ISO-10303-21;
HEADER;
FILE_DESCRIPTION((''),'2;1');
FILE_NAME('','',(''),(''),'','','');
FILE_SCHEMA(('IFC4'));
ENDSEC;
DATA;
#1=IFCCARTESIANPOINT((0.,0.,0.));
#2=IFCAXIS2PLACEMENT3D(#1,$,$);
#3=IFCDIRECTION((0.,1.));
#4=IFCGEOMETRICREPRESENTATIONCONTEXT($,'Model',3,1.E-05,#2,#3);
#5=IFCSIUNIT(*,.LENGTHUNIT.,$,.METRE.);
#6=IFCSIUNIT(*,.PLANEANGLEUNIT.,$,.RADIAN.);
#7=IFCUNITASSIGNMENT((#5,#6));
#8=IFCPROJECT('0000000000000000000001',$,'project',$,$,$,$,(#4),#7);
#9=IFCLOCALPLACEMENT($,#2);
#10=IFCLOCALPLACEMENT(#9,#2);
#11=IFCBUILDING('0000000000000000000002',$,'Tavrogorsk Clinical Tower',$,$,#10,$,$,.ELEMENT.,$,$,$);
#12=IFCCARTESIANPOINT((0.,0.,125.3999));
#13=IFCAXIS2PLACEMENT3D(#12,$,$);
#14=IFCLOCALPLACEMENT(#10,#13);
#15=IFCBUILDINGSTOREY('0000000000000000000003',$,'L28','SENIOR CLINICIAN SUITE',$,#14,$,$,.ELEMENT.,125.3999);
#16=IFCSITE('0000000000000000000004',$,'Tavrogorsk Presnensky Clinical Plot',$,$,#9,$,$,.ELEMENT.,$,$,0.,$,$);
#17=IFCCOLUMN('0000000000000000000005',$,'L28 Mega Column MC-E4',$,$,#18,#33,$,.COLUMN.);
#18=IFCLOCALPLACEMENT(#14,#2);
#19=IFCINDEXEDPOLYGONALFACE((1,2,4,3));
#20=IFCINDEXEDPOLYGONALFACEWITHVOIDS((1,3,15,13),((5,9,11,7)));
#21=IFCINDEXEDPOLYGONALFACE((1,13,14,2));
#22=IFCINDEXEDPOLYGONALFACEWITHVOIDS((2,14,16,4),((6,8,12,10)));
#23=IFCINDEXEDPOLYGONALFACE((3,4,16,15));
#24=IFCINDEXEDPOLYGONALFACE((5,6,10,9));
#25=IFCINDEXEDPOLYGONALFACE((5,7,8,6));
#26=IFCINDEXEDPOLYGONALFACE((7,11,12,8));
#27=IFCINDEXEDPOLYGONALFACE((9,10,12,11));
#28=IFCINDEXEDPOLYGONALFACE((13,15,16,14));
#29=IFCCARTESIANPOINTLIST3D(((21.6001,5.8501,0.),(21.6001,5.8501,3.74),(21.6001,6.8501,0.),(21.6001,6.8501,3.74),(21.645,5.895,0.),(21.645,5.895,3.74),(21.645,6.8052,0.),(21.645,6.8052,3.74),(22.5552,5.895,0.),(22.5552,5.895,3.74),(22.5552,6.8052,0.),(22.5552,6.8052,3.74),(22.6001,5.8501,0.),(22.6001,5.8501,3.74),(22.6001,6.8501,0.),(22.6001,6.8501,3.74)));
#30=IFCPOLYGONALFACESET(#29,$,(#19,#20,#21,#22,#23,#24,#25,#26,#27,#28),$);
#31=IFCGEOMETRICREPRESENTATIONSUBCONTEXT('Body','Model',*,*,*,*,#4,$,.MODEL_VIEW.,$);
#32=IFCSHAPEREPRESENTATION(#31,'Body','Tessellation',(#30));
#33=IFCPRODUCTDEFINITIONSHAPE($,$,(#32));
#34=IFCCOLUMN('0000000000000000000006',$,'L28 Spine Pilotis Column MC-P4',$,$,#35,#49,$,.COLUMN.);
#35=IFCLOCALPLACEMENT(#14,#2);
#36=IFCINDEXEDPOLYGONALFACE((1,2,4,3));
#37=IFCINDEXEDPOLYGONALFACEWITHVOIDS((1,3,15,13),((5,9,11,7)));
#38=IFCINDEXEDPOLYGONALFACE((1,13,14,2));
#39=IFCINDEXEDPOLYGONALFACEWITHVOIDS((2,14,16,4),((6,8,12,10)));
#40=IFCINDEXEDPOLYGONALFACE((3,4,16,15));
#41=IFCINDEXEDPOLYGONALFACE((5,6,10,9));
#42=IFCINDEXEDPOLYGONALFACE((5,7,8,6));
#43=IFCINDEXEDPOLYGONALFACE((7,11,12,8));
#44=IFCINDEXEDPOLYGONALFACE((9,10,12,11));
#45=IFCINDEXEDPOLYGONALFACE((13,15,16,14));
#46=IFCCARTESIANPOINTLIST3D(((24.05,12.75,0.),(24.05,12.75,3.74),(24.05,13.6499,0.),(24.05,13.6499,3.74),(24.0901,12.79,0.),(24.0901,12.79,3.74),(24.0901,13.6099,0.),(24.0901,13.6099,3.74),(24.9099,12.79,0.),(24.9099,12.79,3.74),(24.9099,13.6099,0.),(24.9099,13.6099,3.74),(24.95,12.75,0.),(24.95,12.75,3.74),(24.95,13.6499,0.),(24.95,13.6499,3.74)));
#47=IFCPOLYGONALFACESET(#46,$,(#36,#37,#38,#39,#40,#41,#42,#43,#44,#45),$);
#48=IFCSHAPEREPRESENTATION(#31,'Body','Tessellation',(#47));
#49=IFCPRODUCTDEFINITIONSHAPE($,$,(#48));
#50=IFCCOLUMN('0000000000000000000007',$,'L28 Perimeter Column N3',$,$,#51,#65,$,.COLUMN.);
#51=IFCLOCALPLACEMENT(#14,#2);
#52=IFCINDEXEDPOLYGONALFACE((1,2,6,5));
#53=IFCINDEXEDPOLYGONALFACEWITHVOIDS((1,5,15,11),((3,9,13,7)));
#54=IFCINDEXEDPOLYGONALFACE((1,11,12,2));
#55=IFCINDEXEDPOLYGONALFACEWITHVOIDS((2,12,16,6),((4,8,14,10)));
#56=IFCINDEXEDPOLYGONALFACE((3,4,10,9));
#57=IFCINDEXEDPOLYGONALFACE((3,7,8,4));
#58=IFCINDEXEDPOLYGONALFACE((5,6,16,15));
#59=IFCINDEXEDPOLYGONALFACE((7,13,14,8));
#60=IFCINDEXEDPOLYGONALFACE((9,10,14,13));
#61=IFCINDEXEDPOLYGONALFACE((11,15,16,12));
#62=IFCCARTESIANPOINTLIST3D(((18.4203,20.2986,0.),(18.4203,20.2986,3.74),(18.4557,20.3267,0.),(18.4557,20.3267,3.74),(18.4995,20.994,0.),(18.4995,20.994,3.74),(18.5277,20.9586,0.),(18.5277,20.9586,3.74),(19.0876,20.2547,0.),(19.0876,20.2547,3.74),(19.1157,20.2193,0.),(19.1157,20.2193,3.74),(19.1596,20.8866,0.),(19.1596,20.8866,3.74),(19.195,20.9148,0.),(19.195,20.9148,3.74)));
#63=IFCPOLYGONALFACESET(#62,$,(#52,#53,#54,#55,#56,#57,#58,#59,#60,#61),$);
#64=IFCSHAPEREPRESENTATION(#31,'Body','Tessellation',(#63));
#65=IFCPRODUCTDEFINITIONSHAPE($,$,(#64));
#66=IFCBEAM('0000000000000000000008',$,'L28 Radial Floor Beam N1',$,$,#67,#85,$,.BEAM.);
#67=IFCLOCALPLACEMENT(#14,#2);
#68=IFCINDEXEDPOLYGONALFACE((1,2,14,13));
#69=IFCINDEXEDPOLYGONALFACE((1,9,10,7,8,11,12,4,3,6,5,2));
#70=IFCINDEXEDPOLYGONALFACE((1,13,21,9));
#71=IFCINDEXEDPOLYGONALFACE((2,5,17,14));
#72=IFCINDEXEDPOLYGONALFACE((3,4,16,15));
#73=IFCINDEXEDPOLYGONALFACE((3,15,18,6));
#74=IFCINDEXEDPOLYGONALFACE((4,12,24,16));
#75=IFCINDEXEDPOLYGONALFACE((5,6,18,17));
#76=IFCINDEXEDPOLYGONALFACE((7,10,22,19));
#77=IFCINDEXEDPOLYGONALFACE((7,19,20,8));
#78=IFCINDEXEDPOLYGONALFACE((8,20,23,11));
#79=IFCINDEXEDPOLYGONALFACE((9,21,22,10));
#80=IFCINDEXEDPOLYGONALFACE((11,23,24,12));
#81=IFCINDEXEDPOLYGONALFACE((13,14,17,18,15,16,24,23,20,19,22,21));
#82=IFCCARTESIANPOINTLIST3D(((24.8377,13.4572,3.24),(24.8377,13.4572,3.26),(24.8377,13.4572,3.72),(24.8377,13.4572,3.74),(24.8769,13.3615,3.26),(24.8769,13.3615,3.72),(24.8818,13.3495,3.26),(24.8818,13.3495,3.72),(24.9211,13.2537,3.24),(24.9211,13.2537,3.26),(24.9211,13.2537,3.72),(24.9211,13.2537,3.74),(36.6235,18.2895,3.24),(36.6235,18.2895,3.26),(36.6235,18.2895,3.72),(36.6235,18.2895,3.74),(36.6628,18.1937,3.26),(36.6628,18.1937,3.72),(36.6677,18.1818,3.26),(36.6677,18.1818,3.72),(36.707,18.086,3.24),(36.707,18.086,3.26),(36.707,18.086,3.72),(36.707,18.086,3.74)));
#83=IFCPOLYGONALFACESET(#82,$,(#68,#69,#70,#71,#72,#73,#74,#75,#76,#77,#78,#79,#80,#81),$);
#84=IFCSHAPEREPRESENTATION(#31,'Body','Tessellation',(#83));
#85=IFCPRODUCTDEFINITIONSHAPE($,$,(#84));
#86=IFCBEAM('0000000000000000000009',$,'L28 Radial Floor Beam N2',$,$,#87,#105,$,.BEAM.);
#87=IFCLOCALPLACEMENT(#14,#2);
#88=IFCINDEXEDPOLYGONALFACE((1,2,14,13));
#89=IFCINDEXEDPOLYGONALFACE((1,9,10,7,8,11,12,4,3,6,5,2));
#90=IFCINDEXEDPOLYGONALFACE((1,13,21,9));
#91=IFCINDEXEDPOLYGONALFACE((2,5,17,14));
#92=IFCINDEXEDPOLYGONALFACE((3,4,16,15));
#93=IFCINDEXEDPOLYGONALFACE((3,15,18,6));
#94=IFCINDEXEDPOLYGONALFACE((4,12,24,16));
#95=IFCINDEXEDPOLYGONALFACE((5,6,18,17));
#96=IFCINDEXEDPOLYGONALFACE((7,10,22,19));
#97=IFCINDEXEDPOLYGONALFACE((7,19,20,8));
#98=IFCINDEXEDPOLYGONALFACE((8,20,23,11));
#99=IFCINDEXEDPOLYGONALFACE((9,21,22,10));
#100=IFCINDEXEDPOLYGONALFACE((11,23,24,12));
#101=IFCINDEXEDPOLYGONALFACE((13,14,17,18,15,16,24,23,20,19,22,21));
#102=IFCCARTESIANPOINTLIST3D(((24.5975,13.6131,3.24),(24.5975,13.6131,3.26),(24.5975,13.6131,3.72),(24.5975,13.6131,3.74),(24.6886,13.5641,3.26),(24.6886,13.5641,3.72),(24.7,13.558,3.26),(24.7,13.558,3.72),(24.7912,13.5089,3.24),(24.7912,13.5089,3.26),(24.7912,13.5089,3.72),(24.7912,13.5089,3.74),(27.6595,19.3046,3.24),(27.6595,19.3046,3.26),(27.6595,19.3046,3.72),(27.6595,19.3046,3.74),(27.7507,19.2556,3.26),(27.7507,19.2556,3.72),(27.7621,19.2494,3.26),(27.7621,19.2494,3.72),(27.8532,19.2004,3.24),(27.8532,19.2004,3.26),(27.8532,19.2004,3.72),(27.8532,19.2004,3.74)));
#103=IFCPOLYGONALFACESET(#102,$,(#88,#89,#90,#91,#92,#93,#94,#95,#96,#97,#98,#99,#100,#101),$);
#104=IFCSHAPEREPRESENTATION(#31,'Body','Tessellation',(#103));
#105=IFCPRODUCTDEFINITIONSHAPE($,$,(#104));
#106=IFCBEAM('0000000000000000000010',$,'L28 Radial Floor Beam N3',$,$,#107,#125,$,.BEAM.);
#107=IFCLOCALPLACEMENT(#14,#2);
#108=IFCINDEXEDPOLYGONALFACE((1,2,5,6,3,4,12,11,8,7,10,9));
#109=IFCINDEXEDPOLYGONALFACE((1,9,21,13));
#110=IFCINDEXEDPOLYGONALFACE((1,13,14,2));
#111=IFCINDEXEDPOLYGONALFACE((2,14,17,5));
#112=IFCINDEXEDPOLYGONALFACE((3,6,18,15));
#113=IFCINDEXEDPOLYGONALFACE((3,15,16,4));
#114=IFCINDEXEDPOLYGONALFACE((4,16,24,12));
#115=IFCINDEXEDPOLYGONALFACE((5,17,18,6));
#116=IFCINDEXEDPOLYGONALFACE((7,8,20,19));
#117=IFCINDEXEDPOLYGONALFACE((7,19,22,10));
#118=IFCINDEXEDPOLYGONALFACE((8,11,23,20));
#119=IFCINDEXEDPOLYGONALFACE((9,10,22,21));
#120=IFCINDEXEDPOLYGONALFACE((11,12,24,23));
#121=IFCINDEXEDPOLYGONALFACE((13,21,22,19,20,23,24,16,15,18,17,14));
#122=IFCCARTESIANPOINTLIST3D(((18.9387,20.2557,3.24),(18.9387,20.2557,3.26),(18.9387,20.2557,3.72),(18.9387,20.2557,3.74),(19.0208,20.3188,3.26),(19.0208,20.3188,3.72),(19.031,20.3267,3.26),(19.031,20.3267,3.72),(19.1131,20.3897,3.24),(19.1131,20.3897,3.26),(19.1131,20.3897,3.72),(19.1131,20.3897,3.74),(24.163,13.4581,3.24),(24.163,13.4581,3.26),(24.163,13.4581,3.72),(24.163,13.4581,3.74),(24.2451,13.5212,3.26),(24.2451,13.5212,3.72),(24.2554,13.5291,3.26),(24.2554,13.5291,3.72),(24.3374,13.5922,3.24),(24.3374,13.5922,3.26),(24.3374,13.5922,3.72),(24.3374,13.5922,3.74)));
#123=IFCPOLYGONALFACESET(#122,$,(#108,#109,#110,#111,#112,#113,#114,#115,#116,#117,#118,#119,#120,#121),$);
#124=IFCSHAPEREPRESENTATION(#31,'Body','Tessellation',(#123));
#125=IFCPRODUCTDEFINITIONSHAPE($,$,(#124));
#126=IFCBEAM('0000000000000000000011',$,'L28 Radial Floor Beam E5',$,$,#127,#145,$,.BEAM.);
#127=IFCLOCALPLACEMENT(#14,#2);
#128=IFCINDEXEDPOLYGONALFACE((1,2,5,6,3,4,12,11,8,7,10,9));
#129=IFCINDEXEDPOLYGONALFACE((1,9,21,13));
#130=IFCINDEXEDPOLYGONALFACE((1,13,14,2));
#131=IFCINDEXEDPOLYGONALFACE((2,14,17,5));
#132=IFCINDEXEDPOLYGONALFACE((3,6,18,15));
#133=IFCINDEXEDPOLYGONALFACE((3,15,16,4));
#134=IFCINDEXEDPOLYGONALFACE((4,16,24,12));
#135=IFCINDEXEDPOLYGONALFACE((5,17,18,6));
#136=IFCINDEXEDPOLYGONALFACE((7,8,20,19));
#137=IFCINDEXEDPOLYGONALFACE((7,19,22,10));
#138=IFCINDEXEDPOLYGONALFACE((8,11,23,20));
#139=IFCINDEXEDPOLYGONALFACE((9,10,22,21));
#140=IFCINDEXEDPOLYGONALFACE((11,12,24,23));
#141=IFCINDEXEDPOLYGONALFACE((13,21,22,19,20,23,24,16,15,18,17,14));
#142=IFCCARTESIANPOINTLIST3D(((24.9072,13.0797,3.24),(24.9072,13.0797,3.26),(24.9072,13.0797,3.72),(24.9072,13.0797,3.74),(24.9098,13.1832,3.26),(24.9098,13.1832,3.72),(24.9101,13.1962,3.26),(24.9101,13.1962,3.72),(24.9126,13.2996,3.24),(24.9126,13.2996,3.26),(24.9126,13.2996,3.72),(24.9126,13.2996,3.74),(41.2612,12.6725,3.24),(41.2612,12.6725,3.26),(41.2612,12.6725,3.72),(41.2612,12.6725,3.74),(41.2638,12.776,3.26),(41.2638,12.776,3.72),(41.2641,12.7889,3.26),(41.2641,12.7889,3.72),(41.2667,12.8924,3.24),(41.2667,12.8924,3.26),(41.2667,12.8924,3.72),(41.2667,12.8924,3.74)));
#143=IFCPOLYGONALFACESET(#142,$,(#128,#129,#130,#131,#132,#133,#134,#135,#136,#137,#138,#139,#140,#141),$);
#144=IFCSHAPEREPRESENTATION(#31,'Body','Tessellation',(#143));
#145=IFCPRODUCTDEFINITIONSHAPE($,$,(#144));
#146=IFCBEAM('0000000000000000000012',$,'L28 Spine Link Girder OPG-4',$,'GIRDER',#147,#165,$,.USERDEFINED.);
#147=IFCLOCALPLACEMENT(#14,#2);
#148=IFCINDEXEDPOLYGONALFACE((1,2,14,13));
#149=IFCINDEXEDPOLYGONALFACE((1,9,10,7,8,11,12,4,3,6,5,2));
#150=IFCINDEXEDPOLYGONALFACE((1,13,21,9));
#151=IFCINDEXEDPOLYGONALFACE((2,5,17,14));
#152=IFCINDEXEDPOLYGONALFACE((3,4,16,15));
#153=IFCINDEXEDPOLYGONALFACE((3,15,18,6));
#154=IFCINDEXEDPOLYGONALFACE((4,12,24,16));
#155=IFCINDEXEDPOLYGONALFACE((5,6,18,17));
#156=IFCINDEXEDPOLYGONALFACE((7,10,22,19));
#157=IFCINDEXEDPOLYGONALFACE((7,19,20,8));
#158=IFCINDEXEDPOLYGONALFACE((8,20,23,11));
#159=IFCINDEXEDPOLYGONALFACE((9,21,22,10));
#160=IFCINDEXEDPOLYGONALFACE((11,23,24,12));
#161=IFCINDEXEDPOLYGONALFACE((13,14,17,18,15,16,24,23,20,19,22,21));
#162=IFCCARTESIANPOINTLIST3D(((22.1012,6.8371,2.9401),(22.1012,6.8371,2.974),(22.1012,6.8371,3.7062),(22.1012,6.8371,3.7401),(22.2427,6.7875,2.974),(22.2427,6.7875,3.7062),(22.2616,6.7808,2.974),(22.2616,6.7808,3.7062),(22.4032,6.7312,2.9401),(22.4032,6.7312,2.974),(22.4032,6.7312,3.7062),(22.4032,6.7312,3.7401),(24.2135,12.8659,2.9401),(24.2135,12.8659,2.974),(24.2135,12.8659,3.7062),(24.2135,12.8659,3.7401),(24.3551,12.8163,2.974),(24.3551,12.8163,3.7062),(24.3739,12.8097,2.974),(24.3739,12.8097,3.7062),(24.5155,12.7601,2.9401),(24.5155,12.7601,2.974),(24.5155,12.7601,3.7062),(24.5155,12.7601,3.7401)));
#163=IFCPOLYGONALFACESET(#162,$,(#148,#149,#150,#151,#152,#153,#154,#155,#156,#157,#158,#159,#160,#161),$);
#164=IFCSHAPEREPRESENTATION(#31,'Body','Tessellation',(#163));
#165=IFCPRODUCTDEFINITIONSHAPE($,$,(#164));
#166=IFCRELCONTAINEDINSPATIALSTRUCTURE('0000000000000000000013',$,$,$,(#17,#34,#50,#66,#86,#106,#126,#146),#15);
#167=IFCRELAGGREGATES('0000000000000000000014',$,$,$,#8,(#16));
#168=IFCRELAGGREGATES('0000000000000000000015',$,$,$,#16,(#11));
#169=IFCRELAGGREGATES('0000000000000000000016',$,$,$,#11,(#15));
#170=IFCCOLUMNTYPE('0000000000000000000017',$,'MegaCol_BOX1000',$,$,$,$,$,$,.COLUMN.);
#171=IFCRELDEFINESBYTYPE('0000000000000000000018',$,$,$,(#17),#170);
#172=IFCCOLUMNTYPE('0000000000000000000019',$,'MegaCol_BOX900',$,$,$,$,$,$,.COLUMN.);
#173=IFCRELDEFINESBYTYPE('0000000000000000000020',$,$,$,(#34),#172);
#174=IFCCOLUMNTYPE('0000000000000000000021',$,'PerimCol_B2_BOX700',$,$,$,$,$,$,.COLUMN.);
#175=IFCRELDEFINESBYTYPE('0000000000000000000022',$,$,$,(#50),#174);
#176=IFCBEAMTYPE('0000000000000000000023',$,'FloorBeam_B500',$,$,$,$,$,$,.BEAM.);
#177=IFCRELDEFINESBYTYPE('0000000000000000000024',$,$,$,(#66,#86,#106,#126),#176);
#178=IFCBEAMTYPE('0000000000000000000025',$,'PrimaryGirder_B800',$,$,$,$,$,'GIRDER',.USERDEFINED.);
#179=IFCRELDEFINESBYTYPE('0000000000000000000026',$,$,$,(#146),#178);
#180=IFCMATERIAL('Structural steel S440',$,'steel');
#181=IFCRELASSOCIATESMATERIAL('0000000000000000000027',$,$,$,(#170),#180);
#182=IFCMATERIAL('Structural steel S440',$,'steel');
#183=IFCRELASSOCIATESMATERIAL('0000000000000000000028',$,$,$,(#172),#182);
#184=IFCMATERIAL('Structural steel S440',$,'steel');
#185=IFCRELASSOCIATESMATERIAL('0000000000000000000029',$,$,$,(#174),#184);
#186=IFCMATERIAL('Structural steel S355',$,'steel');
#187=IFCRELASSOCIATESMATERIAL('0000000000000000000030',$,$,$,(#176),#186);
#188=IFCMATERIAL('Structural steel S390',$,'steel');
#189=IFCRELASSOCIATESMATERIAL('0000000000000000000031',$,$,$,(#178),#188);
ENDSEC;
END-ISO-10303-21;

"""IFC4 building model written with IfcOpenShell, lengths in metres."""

from ifc_helpers import new_model, si_unit, direction, frame, origin, origin_2d, place, context, subcontext, project, spatial, hollow_rectangle, i_section, extrude, material, material_profile, profile_set, type_object, element, save


model = new_model("IFC4")

# Units and contexts
model_context = context("Model", 3, precision=1e-05, world=origin(), true_north=direction((0.0, 1.0)))
body_context = subcontext(model_context, "Body", "Model", "MODEL_VIEW")
ifc_project = project(units=[si_unit("LENGTHUNIT", "METRE"), si_unit("PLANEANGLEUNIT", "RADIAN")], contexts=[model_context])

# Site, building, storey
site_placement = place(None, origin())
site = spatial("IfcSite", under=ifc_project, at=site_placement, Name="Tavrogorsk Presnensky Clinical Plot", CompositionType="ELEMENT", RefElevation=0.0)
building_placement = place(site_placement, origin())
building = spatial("IfcBuilding", under=site, at=building_placement, Name="Tavrogorsk Clinical Tower", CompositionType="ELEMENT")
storey_placement = place(building_placement, frame((0.0, 0.0, 125.3999)))
storey = spatial("IfcBuildingStorey", under=building, at=storey_placement, Name="L28", Description="SENIOR CLINICIAN SUITE", CompositionType="ELEMENT", Elevation=125.3999)

# Columns
ifc_material_1 = material(Name="Structural steel S440", Category="steel")
ifc_material_profile_1 = material_profile(ifc_material_1, hollow_rectangle(XDim=1.0, YDim=1.0, WallThickness=0.0449, at=origin_2d()), Name="BOX-1000x1000x45")
ifc_profile_set_1 = profile_set([ifc_material_profile_1], Name="Structural steel S440")
column_type_1 = type_object("IfcColumnType", Name="MegaCol_BOX1000", PredefinedType="COLUMN", material=ifc_profile_set_1)
column_1_placement = place(storey_placement, frame((22.1001, 6.3501, 0.0), z_axis=(0.0, 0.0, 1.0), x_axis=(1.0, 0.0, 0.0)))
element("IfcColumn", 1, at=column_1_placement, inside=storey, type_object=column_type_1, Name="L28 Mega Column MC-E4", PredefinedType="COLUMN", context=body_context, shape_type="SweptSolid", body=[
    extrude(hollow_rectangle(XDim=1.0, YDim=1.0, WallThickness=0.0449, at=origin_2d()), origin(), (0.0, 0.0, 1.0), 3.74),
])
ifc_material_2 = material(Name="Structural steel S440", Category="steel")
ifc_material_profile_2 = material_profile(ifc_material_2, hollow_rectangle(XDim=0.8999, YDim=0.8999, WallThickness=0.04, at=origin_2d()), Name="BOX-900x900x40")
ifc_profile_set_2 = profile_set([ifc_material_profile_2], Name="Structural steel S440")
column_type_2 = type_object("IfcColumnType", Name="MegaCol_BOX900", PredefinedType="COLUMN", material=ifc_profile_set_2)
column_2_placement = place(storey_placement, frame((24.5, 13.2, 0.0), z_axis=(0.0, 0.0, 1.0), x_axis=(1.0, 0.0, 0.0)))
element("IfcColumn", 2, at=column_2_placement, inside=storey, type_object=column_type_2, Name="L28 Spine Pilotis Column MC-P4", PredefinedType="COLUMN", context=body_context, shape_type="SweptSolid", body=[
    extrude(hollow_rectangle(XDim=0.8999, YDim=0.8999, WallThickness=0.04, at=origin_2d()), origin(), (0.0, 0.0, 1.0), 3.74),
])
ifc_material_3 = material(Name="Structural steel S440", Category="steel")
ifc_material_profile_3 = material_profile(ifc_material_3, hollow_rectangle(XDim=0.7, YDim=0.7, WallThickness=0.032, at=origin_2d()), Name="BOX-700x700x32")
ifc_profile_set_3 = profile_set([ifc_material_profile_3], Name="Structural steel S440")
column_type_3 = type_object("IfcColumnType", Name="PerimCol_B2_BOX700", PredefinedType="COLUMN", material=ifc_profile_set_3)
column_3_placement = place(storey_placement, frame((18.8076, 20.6067, 0.0), z_axis=(0.0, 0.0, 1.0), x_axis=(0.993572, -0.113203, 0.0)))
element("IfcColumn", 3, at=column_3_placement, inside=storey, type_object=column_type_3, Name="L28 Perimeter Column N3", PredefinedType="COLUMN", context=body_context, shape_type="SweptSolid", body=[
    extrude(hollow_rectangle(XDim=0.7, YDim=0.7, WallThickness=0.032, at=origin_2d()), origin(), (0.0, 0.0, 1.0), 3.74),
])

# Beams
ifc_material_4 = material(Name="Structural steel S355", Category="steel")
ifc_material_profile_4 = material_profile(ifc_material_4, i_section(OverallWidth=0.22, OverallDepth=0.5, WebThickness=0.0129, FlangeThickness=0.02, at=origin_2d()), Name="B-500x220x13x20")
ifc_profile_set_4 = profile_set([ifc_material_profile_4], Name="Structural steel S355")
beam_type_1 = type_object("IfcBeamType", Name="FloorBeam_B500", PredefinedType="BEAM", material=ifc_profile_set_4)
beam_1_placement = place(storey_placement, frame((24.8794, 13.3555, 3.49), z_axis=(0.92525, 0.379357, 0.0), x_axis=(-0.379357, 0.92525, 0.0)))
element("IfcBeam", 4, at=beam_1_placement, inside=storey, type_object=beam_type_1, Name="L28 Radial Floor Beam N1", PredefinedType="BEAM", context=body_context, shape_type="SweptSolid", body=[
    extrude(i_section(OverallWidth=0.22, OverallDepth=0.5, WebThickness=0.0129, FlangeThickness=0.02, at=origin_2d()), origin(), (0.0, 0.0, 1.0), 12.738),
])
beam_2_placement = place(storey_placement, frame((24.6943, 13.561, 3.49), z_axis=(0.473789, 0.880638, 0.0), x_axis=(-0.880638, 0.473789, 0.0)))
element("IfcBeam", 5, at=beam_2_placement, inside=storey, type_object=beam_type_1, Name="L28 Radial Floor Beam N2", PredefinedType="BEAM", context=body_context, shape_type="SweptSolid", body=[
    extrude(i_section(OverallWidth=0.22, OverallDepth=0.5, WebThickness=0.0129, FlangeThickness=0.02, at=origin_2d()), origin(), (0.0, 0.0, 1.0), 6.4629),
])
beam_3_placement = place(storey_placement, frame((24.2502, 13.5251, 3.49), z_axis=(-0.609376, 0.792881, 0.0), x_axis=(-0.792881, -0.609376, 0.0)))
element("IfcBeam", 6, at=beam_3_placement, inside=storey, type_object=beam_type_1, Name="L28 Radial Floor Beam N3", PredefinedType="BEAM", context=body_context, shape_type="SweptSolid", body=[
    extrude(i_section(OverallWidth=0.22, OverallDepth=0.5, WebThickness=0.0129, FlangeThickness=0.02, at=origin_2d()), origin(), (0.0, 0.0, 1.0), 8.5732),
])
beam_4_placement = place(storey_placement, frame((24.9099, 13.1897, 3.49), z_axis=(0.99969, -0.024893, 0.0), x_axis=(0.024893, 0.99969, 0.0)))
element("IfcBeam", 7, at=beam_4_placement, inside=storey, type_object=beam_type_1, Name="L28 Radial Floor Beam E5", PredefinedType="BEAM", context=body_context, shape_type="SweptSolid", body=[
    extrude(i_section(OverallWidth=0.22, OverallDepth=0.5, WebThickness=0.0129, FlangeThickness=0.02, at=origin_2d()), origin(), (0.0, 0.0, 1.0), 16.3591),
])
ifc_material_5 = material(Name="Structural steel S390", Category="steel")
ifc_material_profile_5 = material_profile(ifc_material_5, i_section(OverallWidth=0.3201, OverallDepth=0.8, WebThickness=0.02, FlangeThickness=0.0339, at=origin_2d()), Name="B-800x320x20x34")
ifc_profile_set_5 = profile_set([ifc_material_profile_5], Name="Structural steel S390")
beam_type_2 = type_object("IfcBeamType", Name="PrimaryGirder_B800", ElementType="GIRDER", PredefinedType="USERDEFINED", material=ifc_profile_set_5)
beam_5_placement = place(storey_placement, frame((24.3645, 12.813, 3.3401), z_axis=(-0.33066, -0.94375, 0.0), x_axis=(0.94375, -0.33066, 0.0)))
element("IfcBeam", 8, at=beam_5_placement, inside=storey, type_object=beam_type_2, Name="L28 Spine Link Girder OPG-4", ObjectType="GIRDER", PredefinedType="USERDEFINED", context=body_context, shape_type="SweptSolid", body=[
    extrude(i_section(OverallWidth=0.3201, OverallDepth=0.8, WebThickness=0.02, FlangeThickness=0.0339, at=origin_2d()), origin(), (0.0, 0.0, 1.0), 6.3882),
])

save(model, "model.ifc")
